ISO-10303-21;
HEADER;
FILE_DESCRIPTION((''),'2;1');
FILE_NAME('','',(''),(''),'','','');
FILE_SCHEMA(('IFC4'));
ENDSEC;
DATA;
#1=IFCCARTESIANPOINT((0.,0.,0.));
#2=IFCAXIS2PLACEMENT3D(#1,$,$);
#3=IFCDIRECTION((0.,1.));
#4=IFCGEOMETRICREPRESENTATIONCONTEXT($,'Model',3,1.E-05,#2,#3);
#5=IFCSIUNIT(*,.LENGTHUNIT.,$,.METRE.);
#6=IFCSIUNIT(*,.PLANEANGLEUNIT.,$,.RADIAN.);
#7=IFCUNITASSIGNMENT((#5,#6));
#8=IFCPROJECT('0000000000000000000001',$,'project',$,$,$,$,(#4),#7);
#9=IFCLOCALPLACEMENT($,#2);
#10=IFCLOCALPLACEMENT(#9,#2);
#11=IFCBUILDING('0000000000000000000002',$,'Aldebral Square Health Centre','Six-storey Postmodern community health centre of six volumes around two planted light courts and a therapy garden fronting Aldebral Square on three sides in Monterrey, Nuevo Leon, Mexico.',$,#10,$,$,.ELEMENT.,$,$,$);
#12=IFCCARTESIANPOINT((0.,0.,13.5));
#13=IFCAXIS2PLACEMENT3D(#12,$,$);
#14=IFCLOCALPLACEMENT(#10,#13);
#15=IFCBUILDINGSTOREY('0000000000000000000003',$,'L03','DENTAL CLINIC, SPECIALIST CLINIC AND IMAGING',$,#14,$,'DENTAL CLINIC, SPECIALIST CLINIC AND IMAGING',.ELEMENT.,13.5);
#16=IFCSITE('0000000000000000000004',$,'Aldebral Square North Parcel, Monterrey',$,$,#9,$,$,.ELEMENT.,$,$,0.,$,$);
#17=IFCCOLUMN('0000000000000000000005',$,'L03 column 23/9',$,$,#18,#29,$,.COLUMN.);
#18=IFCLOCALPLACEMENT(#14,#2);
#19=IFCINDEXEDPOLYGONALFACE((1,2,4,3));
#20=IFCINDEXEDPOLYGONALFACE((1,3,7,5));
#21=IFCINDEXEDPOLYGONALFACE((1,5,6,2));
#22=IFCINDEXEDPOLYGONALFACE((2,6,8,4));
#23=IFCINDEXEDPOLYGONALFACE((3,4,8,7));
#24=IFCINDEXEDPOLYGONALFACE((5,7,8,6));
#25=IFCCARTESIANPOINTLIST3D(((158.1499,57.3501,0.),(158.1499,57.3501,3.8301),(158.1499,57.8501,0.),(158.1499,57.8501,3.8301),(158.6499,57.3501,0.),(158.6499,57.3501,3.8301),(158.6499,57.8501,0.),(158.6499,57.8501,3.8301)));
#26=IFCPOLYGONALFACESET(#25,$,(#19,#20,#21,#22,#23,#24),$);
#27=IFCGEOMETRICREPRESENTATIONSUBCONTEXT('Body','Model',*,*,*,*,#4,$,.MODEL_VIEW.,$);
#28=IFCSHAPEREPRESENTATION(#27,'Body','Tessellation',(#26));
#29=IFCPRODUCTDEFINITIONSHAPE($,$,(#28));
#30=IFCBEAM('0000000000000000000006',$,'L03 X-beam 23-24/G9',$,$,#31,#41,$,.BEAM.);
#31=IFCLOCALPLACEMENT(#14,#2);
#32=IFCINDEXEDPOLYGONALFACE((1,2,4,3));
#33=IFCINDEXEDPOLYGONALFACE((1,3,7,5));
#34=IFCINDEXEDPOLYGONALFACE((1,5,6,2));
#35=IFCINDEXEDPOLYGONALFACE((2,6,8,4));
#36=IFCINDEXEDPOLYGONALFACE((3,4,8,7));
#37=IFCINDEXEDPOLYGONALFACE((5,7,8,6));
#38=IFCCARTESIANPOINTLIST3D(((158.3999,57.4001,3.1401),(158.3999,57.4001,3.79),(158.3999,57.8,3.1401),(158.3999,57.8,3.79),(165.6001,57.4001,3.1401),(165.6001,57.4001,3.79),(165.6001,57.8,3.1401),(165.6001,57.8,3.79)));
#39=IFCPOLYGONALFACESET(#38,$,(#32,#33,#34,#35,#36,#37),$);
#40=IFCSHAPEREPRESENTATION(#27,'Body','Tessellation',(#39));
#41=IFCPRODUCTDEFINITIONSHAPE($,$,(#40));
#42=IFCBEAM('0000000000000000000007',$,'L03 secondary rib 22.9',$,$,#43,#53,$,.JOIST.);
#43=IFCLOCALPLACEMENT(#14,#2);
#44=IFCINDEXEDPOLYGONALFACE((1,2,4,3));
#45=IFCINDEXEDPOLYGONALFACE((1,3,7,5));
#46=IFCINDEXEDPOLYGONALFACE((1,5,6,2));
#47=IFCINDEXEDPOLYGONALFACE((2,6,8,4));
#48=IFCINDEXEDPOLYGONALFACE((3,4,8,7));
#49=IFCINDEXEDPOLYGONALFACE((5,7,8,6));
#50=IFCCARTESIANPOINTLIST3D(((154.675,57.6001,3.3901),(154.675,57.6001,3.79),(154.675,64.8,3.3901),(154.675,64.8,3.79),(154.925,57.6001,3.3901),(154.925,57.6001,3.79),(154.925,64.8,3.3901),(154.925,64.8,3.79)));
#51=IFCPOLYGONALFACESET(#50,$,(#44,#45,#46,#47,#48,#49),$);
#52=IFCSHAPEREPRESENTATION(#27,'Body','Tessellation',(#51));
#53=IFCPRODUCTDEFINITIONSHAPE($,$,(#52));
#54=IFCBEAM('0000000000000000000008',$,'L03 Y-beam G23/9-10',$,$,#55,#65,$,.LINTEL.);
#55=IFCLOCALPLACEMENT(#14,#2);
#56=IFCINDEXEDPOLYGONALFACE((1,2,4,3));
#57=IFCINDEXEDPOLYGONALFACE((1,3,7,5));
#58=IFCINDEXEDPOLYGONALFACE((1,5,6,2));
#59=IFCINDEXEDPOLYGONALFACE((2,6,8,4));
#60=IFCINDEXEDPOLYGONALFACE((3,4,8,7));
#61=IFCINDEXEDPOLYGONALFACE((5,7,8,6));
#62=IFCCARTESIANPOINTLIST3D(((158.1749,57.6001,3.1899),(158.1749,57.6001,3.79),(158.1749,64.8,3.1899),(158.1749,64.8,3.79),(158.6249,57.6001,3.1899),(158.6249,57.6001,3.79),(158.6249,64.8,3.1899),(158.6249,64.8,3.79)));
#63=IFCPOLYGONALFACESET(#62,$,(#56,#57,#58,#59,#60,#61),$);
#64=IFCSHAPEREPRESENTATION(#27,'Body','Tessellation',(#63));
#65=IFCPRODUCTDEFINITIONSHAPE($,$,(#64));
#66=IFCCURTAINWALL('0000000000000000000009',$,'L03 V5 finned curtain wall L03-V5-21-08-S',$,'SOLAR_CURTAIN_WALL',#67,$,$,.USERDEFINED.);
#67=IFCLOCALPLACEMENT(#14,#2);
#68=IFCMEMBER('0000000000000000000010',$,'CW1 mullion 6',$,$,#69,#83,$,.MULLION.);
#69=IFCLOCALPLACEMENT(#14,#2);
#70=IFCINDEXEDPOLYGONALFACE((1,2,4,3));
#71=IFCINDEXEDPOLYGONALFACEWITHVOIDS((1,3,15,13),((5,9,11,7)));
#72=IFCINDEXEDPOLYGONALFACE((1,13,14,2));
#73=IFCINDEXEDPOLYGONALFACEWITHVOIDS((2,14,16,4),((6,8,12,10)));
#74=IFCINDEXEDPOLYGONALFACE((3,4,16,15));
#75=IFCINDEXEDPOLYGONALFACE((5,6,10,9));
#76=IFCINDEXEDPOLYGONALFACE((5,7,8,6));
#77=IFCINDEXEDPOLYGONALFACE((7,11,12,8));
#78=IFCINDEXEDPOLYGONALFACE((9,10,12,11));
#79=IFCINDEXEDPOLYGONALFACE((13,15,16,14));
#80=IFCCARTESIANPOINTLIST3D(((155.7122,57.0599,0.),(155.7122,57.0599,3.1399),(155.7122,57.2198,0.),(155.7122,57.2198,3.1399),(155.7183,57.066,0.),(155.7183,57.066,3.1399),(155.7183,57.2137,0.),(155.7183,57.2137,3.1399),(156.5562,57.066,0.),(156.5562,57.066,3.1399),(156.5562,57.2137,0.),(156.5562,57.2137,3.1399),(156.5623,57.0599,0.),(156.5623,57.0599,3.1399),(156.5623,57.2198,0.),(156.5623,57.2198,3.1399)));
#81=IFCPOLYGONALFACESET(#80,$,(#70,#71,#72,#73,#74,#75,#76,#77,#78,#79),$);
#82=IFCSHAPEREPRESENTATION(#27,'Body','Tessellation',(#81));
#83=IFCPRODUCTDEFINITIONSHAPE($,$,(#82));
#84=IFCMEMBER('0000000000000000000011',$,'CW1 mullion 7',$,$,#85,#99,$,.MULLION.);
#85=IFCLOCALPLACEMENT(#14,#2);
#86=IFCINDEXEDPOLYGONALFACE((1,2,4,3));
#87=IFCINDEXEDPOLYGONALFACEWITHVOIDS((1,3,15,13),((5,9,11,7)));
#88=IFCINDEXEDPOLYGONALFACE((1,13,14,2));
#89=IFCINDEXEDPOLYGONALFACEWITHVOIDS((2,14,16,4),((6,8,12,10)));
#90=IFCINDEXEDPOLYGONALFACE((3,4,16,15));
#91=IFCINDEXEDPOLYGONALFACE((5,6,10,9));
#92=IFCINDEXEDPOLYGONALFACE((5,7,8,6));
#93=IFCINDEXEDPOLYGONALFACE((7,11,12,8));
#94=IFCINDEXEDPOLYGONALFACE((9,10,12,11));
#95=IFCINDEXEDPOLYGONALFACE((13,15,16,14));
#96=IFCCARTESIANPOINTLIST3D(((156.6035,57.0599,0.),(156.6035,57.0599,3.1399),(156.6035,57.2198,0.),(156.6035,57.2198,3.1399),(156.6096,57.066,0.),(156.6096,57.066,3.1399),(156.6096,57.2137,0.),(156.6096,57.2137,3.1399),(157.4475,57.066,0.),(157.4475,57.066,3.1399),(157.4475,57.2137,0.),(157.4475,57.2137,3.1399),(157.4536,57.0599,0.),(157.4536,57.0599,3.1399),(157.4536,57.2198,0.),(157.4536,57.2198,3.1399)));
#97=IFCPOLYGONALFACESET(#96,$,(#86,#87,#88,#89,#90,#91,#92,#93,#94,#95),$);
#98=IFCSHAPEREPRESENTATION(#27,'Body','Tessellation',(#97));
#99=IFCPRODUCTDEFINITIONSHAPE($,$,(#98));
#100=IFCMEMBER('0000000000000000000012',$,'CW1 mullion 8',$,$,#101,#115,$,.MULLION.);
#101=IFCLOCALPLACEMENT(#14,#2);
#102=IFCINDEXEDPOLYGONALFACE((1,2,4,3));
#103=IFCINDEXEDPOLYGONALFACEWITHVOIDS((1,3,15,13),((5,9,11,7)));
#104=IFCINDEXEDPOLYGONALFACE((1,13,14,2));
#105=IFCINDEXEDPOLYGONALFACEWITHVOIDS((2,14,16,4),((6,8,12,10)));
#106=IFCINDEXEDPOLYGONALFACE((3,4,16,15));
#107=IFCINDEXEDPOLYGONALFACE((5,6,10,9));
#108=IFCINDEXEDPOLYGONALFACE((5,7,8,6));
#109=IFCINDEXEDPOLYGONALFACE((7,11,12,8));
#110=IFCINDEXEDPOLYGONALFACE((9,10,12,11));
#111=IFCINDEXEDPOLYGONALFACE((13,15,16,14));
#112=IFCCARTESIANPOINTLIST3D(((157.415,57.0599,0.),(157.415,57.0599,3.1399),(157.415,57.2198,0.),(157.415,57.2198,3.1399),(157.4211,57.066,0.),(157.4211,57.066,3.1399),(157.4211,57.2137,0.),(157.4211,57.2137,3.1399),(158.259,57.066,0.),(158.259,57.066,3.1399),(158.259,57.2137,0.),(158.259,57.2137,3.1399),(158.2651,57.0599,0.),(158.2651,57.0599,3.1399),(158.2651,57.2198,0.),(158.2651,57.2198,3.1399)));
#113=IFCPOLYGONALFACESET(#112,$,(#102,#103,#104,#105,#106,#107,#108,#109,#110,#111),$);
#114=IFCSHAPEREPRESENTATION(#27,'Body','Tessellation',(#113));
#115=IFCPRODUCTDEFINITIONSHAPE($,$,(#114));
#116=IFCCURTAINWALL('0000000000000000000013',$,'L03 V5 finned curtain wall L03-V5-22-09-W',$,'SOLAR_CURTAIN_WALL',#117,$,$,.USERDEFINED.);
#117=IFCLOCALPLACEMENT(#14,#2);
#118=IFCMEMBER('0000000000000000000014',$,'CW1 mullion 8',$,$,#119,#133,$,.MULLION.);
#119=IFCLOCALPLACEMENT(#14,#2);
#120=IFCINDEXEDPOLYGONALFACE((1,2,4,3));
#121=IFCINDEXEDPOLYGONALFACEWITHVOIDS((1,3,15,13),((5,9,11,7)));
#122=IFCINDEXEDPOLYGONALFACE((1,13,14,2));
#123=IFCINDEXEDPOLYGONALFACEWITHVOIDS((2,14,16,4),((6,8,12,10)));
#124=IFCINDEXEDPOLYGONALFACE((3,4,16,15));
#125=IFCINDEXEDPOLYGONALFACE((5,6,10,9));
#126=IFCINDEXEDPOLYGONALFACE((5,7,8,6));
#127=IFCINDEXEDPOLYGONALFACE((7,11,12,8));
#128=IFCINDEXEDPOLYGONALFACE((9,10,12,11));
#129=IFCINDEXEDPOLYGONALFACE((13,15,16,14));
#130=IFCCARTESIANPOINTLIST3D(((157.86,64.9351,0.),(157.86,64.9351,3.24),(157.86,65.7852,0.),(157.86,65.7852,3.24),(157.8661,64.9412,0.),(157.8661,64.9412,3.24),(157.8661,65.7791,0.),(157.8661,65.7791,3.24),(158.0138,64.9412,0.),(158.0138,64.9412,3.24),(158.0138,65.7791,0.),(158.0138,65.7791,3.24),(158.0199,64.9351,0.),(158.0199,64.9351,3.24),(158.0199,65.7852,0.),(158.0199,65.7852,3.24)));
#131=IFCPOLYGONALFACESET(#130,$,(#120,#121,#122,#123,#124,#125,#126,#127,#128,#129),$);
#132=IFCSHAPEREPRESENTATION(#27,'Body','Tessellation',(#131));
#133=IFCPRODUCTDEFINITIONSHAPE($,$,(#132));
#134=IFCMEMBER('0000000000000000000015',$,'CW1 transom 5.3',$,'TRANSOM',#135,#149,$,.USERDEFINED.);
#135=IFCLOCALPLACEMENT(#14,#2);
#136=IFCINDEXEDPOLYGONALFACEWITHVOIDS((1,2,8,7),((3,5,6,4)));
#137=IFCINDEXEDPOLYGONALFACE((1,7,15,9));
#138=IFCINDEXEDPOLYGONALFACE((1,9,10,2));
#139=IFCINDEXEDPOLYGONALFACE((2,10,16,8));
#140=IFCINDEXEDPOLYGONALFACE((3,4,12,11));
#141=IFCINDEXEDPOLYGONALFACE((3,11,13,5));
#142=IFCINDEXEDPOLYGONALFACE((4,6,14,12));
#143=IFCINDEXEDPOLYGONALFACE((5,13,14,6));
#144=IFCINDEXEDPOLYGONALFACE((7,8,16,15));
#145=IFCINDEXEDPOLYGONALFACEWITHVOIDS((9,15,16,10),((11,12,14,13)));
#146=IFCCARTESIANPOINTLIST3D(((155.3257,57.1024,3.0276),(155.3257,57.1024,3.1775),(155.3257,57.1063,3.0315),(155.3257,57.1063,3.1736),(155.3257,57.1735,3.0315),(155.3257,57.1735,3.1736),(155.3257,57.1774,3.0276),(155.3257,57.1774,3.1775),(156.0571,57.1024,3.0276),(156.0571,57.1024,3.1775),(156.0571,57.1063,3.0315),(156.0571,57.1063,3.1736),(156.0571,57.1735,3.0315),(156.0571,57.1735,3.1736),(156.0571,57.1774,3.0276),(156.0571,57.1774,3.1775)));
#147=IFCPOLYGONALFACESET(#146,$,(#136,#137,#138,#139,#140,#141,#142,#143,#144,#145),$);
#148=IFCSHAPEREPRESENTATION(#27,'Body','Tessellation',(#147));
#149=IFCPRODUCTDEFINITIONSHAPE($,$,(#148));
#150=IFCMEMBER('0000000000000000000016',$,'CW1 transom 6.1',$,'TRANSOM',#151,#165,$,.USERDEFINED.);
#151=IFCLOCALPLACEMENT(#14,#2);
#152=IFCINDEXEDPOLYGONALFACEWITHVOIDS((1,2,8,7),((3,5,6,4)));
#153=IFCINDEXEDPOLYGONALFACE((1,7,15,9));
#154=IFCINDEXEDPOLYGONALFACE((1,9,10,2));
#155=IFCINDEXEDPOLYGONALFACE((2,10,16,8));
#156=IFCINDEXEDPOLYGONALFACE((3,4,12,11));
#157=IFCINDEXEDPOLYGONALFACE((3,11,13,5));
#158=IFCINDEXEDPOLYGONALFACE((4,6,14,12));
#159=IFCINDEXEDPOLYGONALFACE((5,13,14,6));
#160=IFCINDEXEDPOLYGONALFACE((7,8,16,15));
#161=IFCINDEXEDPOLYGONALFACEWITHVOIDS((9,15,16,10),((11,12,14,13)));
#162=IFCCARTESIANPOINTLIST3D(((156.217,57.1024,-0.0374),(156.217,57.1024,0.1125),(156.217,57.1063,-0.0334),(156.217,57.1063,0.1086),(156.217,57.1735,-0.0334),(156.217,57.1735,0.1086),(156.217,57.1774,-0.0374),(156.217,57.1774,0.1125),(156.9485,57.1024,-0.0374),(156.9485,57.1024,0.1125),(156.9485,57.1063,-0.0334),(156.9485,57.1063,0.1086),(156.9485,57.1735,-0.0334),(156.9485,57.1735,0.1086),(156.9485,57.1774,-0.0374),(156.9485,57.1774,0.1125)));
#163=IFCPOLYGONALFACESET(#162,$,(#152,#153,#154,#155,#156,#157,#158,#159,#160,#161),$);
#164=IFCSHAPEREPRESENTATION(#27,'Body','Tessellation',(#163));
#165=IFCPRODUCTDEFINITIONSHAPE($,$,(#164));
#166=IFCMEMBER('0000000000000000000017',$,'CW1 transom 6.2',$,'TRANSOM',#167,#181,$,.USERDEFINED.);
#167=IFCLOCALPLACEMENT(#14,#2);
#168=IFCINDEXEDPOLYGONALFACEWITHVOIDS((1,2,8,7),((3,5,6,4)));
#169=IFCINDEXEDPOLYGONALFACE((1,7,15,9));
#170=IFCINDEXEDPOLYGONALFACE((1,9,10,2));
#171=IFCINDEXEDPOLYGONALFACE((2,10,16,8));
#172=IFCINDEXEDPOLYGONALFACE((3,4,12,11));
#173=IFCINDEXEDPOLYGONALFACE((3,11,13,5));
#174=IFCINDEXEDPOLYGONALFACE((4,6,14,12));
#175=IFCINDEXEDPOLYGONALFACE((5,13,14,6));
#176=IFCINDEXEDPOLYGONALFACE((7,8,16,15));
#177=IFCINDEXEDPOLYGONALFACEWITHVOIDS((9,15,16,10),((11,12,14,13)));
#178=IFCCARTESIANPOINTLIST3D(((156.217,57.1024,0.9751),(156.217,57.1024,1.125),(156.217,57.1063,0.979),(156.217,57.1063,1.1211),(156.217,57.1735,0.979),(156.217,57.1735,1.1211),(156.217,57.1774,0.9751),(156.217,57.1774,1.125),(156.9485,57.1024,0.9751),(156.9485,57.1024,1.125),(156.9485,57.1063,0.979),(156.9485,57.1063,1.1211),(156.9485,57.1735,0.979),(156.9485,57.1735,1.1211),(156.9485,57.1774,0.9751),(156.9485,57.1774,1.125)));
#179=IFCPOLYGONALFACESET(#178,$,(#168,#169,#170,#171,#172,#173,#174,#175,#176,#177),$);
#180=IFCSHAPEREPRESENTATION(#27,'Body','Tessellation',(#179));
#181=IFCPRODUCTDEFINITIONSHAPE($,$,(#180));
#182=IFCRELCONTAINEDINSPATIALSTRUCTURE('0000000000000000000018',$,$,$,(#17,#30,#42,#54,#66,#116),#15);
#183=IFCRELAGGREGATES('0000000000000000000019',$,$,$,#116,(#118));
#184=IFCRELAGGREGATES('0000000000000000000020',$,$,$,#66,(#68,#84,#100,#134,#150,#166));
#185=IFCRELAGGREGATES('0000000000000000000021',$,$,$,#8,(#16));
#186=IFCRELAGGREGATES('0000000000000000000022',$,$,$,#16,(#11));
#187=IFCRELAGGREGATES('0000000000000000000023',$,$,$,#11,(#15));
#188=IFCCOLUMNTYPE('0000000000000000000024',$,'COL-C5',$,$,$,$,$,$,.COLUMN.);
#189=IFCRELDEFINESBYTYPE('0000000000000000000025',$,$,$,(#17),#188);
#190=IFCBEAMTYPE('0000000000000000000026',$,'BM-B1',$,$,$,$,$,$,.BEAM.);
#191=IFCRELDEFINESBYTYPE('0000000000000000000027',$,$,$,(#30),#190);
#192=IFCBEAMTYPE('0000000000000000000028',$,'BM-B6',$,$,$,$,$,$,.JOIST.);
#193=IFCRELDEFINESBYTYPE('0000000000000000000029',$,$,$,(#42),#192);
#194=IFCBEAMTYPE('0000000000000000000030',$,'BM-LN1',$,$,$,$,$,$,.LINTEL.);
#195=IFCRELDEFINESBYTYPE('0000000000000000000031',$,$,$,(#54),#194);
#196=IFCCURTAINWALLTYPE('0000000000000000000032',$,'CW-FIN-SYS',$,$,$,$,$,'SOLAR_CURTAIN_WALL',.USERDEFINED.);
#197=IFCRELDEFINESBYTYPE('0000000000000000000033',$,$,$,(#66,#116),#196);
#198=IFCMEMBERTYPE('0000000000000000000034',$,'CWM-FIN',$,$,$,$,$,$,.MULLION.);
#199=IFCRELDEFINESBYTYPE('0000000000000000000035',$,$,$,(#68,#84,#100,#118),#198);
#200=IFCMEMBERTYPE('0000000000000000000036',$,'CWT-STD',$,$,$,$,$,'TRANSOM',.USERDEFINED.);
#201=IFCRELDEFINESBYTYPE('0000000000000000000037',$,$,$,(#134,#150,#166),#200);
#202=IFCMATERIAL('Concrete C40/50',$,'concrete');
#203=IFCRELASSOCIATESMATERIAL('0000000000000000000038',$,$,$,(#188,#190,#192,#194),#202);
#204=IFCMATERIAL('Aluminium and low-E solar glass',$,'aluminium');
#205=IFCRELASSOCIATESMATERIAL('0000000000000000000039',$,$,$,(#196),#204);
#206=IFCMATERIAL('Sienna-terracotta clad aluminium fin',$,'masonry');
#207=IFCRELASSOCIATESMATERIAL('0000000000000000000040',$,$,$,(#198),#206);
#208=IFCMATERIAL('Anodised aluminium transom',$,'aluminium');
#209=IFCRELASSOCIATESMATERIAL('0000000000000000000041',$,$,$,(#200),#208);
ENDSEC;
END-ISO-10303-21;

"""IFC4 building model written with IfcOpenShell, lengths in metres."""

from ifc_helpers import new_model, si_unit, direction, frame, origin, origin_2d, place, context, subcontext, project, spatial, rectangle, hollow_rectangle, extrude, material, material_profile, profile_set, type_object, element, aggregate, save


model = new_model("IFC4")

# Units and contexts
model_context = context("Model", 3, precision=1e-05, world=origin(), true_north=direction((0.0, 1.0)))
body_context = subcontext(model_context, "Body", "Model", "MODEL_VIEW")
ifc_project = project(units=[si_unit("LENGTHUNIT", "METRE"), si_unit("PLANEANGLEUNIT", "RADIAN")], contexts=[model_context])

# Site, building, storey
site_placement = place(None, origin())
site = spatial("IfcSite", under=ifc_project, at=site_placement, Name="Aldebral Square North Parcel, Monterrey", CompositionType="ELEMENT", RefElevation=0.0)
building_placement = place(site_placement, origin())
building = spatial("IfcBuilding", under=site, at=building_placement, Name="Aldebral Square Health Centre", Description="Six-storey Postmodern community health centre of six volumes around two planted light courts and a therapy garden fronting Aldebral Square on three sides in Monterrey, Nuevo Leon, Mexico.", CompositionType="ELEMENT")
storey_placement = place(building_placement, frame((0.0, 0.0, 13.5)))
storey = spatial("IfcBuildingStorey", under=building, at=storey_placement, Name="L03", Description="DENTAL CLINIC, SPECIALIST CLINIC AND IMAGING", LongName="DENTAL CLINIC, SPECIALIST CLINIC AND IMAGING", CompositionType="ELEMENT", Elevation=13.5)

# Column
ifc_material_1 = material(Name="Concrete C40/50", Category="concrete")
ifc_material_profile_1 = material_profile(ifc_material_1, rectangle(XDim=0.5, YDim=0.5, at=origin_2d()), Name="RC 500x500")
ifc_profile_set_1 = profile_set([ifc_material_profile_1], Name="Concrete C40/50")
column_type = type_object("IfcColumnType", Name="COL-C5", PredefinedType="COLUMN", material=ifc_profile_set_1)
column_placement = place(storey_placement, frame((158.3999, 57.6001, 0.0), z_axis=(0.0, 0.0, 1.0), x_axis=(1.0, 0.0, 0.0)))
element("IfcColumn", 1, at=column_placement, inside=storey, type_object=column_type, Name="L03 column 23/9", PredefinedType="COLUMN", context=body_context, shape_type="SweptSolid", body=[
    extrude(rectangle(XDim=0.5, YDim=0.5, at=origin_2d()), origin(), (0.0, 0.0, 1.0), 3.8301),
])

# Beams
ifc_material_profile_2 = material_profile(ifc_material_1, rectangle(XDim=0.3999, YDim=0.6499, at=origin_2d()), Name="RC 400x650")
ifc_profile_set_2 = profile_set([ifc_material_profile_2], Name="Concrete C40/50")
beam_type_1 = type_object("IfcBeamType", Name="BM-B1", PredefinedType="BEAM", material=ifc_profile_set_2)
beam_1_placement = place(storey_placement, frame((158.3999, 57.6001, 3.4651), z_axis=(1.0, 0.0, 0.0), x_axis=(0.0, 1.0, 0.0)))
element("IfcBeam", 2, at=beam_1_placement, inside=storey, type_object=beam_type_1, Name="L03 X-beam 23-24/G9", PredefinedType="BEAM", context=body_context, shape_type="SweptSolid", body=[
    extrude(rectangle(XDim=0.3999, YDim=0.6499, at=origin_2d()), origin(), (0.0, 0.0, 1.0), 7.2002),
])
ifc_material_profile_3 = material_profile(ifc_material_1, rectangle(XDim=0.25, YDim=0.3999, at=origin_2d()), Name="RC 250x400")
ifc_profile_set_3 = profile_set([ifc_material_profile_3], Name="Concrete C40/50")
beam_type_2 = type_object("IfcBeamType", Name="BM-B6", PredefinedType="JOIST", material=ifc_profile_set_3)
beam_2_placement = place(storey_placement, frame((154.8, 57.6001, 3.5901), z_axis=(0.0, 1.0, 0.0), x_axis=(-1.0, 0.0, 0.0)))
element("IfcBeam", 3, at=beam_2_placement, inside=storey, type_object=beam_type_2, Name="L03 secondary rib 22.9", PredefinedType="JOIST", context=body_context, shape_type="SweptSolid", body=[
    extrude(rectangle(XDim=0.25, YDim=0.3999, at=origin_2d()), origin(), (0.0, 0.0, 1.0), 7.2),
])
ifc_material_profile_4 = material_profile(ifc_material_1, rectangle(XDim=0.45, YDim=0.6001, at=origin_2d()), Name="RC 450x600")
ifc_profile_set_4 = profile_set([ifc_material_profile_4], Name="Concrete C40/50")
beam_type_3 = type_object("IfcBeamType", Name="BM-LN1", PredefinedType="LINTEL", material=ifc_profile_set_4)
beam_3_placement = place(storey_placement, frame((158.3999, 57.6001, 3.49), z_axis=(0.0, 1.0, 0.0), x_axis=(-1.0, 0.0, 0.0)))
element("IfcBeam", 4, at=beam_3_placement, inside=storey, type_object=beam_type_3, Name="L03 Y-beam G23/9-10", PredefinedType="LINTEL", context=body_context, shape_type="SweptSolid", body=[
    extrude(rectangle(XDim=0.45, YDim=0.6001, at=origin_2d()), origin(), (0.0, 0.0, 1.0), 7.2),
])

# Curtain wall, members
ifc_material_2 = material(Name="Aluminium and low-E solar glass", Category="aluminium")
curtain_wall_type = type_object("IfcCurtainWallType", Name="CW-FIN-SYS", ElementType="SOLAR_CURTAIN_WALL", PredefinedType="USERDEFINED", material=ifc_material_2)
curtain_wall_1_placement = place(storey_placement, origin())
curtain_wall_1 = element("IfcCurtainWall", 5, at=curtain_wall_1_placement, inside=storey, type_object=curtain_wall_type, Name="L03 V5 finned curtain wall L03-V5-21-08-S", ObjectType="SOLAR_CURTAIN_WALL", PredefinedType="USERDEFINED")
ifc_material_3 = material(Name="Sienna-terracotta clad aluminium fin", Category="masonry")
ifc_material_profile_5 = material_profile(ifc_material_3, hollow_rectangle(XDim=0.1599, YDim=0.8501, WallThickness=0.0061, at=origin_2d()), Name="FIN 160x850x6")
ifc_profile_set_5 = profile_set([ifc_material_profile_5], Name="Sienna-terracotta clad aluminium fin")
member_type_1 = type_object("IfcMemberType", Name="CWM-FIN", PredefinedType="MULLION", material=ifc_profile_set_5)
member_1_placement = place(storey_placement, frame((156.1372, 57.1399, 0.0), z_axis=(0.0, 0.0, 1.0), x_axis=(0.0, 1.0, 0.0)))
member_1 = element("IfcMember", 6, at=member_1_placement, type_object=member_type_1, Name="CW1 mullion 6", PredefinedType="MULLION", context=body_context, shape_type="SweptSolid", body=[
    extrude(hollow_rectangle(XDim=0.1599, YDim=0.8501, WallThickness=0.0061, at=origin_2d()), origin(), (0.0, 0.0, 1.0), 3.1399),
])
member_2_placement = place(storey_placement, frame((157.0286, 57.1399, 0.0), z_axis=(0.0, 0.0, 1.0), x_axis=(0.0, 1.0, 0.0)))
member_2 = element("IfcMember", 7, at=member_2_placement, type_object=member_type_1, Name="CW1 mullion 7", PredefinedType="MULLION", context=body_context, shape_type="SweptSolid", body=[
    extrude(hollow_rectangle(XDim=0.1599, YDim=0.8501, WallThickness=0.0061, at=origin_2d()), origin(), (0.0, 0.0, 1.0), 3.1399),
])
member_3_placement = place(storey_placement, frame((157.8401, 57.1399, 0.0), z_axis=(0.0, 0.0, 1.0), x_axis=(0.0, 1.0, 0.0)))
member_3 = element("IfcMember", 8, at=member_3_placement, type_object=member_type_1, Name="CW1 mullion 8", PredefinedType="MULLION", context=body_context, shape_type="SweptSolid", body=[
    extrude(hollow_rectangle(XDim=0.1599, YDim=0.8501, WallThickness=0.0061, at=origin_2d()), origin(), (0.0, 0.0, 1.0), 3.1399),
])

# Curtain wall, member
curtain_wall_2_placement = place(storey_placement, origin())
curtain_wall_2 = element("IfcCurtainWall", 9, at=curtain_wall_2_placement, inside=storey, type_object=curtain_wall_type, Name="L03 V5 finned curtain wall L03-V5-22-09-W", ObjectType="SOLAR_CURTAIN_WALL", PredefinedType="USERDEFINED")
member_4_placement = place(storey_placement, frame((157.9399, 65.3601, 0.0), z_axis=(0.0, 0.0, 1.0), x_axis=(1.0, 0.0, 0.0)))
member_4 = element("IfcMember", 10, at=member_4_placement, type_object=member_type_1, Name="CW1 mullion 8", PredefinedType="MULLION", context=body_context, shape_type="SweptSolid", body=[
    extrude(hollow_rectangle(XDim=0.1599, YDim=0.8501, WallThickness=0.0061, at=origin_2d()), origin(), (0.0, 0.0, 1.0), 3.24),
])
aggregate(curtain_wall_2, [member_4])

# Members
ifc_material_4 = material(Name="Anodised aluminium transom", Category="aluminium")
ifc_material_profile_6 = material_profile(ifc_material_4, hollow_rectangle(XDim=0.075, YDim=0.1499, WallThickness=0.0039, at=origin_2d()), Name="CWT 75x150x4")
ifc_profile_set_6 = profile_set([ifc_material_profile_6], Name="Anodised aluminium transom")
member_type_2 = type_object("IfcMemberType", Name="CWT-STD", ElementType="TRANSOM", PredefinedType="USERDEFINED", material=ifc_profile_set_6)
member_5_placement = place(storey_placement, frame((155.3257, 57.1399, 3.1025), z_axis=(1.0, 0.0, 0.0), x_axis=(0.0, 1.0, 0.0)))
member_5 = element("IfcMember", 11, at=member_5_placement, type_object=member_type_2, Name="CW1 transom 5.3", ObjectType="TRANSOM", PredefinedType="USERDEFINED", context=body_context, shape_type="SweptSolid", body=[
    extrude(hollow_rectangle(XDim=0.075, YDim=0.1499, WallThickness=0.0039, at=origin_2d()), origin(), (0.0, 0.0, 1.0), 0.7314),
])
member_6_placement = place(storey_placement, frame((156.217, 57.1399, 0.0376), z_axis=(1.0, 0.0, 0.0), x_axis=(0.0, 1.0, 0.0)))
member_6 = element("IfcMember", 12, at=member_6_placement, type_object=member_type_2, Name="CW1 transom 6.1", ObjectType="TRANSOM", PredefinedType="USERDEFINED", context=body_context, shape_type="SweptSolid", body=[
    extrude(hollow_rectangle(XDim=0.075, YDim=0.1499, WallThickness=0.0039, at=origin_2d()), origin(), (0.0, 0.0, 1.0), 0.7314),
])
member_7_placement = place(storey_placement, frame((156.217, 57.1399, 1.05), z_axis=(1.0, 0.0, 0.0), x_axis=(0.0, 1.0, 0.0)))
member_7 = element("IfcMember", 13, at=member_7_placement, type_object=member_type_2, Name="CW1 transom 6.2", ObjectType="TRANSOM", PredefinedType="USERDEFINED", context=body_context, shape_type="SweptSolid", body=[
    extrude(hollow_rectangle(XDim=0.075, YDim=0.1499, WallThickness=0.0039, at=origin_2d()), origin(), (0.0, 0.0, 1.0), 0.7314),
])

aggregate(curtain_wall_1, [member_1, member_2, member_3, member_5, member_6, member_7])

save(model, "model.ifc")
